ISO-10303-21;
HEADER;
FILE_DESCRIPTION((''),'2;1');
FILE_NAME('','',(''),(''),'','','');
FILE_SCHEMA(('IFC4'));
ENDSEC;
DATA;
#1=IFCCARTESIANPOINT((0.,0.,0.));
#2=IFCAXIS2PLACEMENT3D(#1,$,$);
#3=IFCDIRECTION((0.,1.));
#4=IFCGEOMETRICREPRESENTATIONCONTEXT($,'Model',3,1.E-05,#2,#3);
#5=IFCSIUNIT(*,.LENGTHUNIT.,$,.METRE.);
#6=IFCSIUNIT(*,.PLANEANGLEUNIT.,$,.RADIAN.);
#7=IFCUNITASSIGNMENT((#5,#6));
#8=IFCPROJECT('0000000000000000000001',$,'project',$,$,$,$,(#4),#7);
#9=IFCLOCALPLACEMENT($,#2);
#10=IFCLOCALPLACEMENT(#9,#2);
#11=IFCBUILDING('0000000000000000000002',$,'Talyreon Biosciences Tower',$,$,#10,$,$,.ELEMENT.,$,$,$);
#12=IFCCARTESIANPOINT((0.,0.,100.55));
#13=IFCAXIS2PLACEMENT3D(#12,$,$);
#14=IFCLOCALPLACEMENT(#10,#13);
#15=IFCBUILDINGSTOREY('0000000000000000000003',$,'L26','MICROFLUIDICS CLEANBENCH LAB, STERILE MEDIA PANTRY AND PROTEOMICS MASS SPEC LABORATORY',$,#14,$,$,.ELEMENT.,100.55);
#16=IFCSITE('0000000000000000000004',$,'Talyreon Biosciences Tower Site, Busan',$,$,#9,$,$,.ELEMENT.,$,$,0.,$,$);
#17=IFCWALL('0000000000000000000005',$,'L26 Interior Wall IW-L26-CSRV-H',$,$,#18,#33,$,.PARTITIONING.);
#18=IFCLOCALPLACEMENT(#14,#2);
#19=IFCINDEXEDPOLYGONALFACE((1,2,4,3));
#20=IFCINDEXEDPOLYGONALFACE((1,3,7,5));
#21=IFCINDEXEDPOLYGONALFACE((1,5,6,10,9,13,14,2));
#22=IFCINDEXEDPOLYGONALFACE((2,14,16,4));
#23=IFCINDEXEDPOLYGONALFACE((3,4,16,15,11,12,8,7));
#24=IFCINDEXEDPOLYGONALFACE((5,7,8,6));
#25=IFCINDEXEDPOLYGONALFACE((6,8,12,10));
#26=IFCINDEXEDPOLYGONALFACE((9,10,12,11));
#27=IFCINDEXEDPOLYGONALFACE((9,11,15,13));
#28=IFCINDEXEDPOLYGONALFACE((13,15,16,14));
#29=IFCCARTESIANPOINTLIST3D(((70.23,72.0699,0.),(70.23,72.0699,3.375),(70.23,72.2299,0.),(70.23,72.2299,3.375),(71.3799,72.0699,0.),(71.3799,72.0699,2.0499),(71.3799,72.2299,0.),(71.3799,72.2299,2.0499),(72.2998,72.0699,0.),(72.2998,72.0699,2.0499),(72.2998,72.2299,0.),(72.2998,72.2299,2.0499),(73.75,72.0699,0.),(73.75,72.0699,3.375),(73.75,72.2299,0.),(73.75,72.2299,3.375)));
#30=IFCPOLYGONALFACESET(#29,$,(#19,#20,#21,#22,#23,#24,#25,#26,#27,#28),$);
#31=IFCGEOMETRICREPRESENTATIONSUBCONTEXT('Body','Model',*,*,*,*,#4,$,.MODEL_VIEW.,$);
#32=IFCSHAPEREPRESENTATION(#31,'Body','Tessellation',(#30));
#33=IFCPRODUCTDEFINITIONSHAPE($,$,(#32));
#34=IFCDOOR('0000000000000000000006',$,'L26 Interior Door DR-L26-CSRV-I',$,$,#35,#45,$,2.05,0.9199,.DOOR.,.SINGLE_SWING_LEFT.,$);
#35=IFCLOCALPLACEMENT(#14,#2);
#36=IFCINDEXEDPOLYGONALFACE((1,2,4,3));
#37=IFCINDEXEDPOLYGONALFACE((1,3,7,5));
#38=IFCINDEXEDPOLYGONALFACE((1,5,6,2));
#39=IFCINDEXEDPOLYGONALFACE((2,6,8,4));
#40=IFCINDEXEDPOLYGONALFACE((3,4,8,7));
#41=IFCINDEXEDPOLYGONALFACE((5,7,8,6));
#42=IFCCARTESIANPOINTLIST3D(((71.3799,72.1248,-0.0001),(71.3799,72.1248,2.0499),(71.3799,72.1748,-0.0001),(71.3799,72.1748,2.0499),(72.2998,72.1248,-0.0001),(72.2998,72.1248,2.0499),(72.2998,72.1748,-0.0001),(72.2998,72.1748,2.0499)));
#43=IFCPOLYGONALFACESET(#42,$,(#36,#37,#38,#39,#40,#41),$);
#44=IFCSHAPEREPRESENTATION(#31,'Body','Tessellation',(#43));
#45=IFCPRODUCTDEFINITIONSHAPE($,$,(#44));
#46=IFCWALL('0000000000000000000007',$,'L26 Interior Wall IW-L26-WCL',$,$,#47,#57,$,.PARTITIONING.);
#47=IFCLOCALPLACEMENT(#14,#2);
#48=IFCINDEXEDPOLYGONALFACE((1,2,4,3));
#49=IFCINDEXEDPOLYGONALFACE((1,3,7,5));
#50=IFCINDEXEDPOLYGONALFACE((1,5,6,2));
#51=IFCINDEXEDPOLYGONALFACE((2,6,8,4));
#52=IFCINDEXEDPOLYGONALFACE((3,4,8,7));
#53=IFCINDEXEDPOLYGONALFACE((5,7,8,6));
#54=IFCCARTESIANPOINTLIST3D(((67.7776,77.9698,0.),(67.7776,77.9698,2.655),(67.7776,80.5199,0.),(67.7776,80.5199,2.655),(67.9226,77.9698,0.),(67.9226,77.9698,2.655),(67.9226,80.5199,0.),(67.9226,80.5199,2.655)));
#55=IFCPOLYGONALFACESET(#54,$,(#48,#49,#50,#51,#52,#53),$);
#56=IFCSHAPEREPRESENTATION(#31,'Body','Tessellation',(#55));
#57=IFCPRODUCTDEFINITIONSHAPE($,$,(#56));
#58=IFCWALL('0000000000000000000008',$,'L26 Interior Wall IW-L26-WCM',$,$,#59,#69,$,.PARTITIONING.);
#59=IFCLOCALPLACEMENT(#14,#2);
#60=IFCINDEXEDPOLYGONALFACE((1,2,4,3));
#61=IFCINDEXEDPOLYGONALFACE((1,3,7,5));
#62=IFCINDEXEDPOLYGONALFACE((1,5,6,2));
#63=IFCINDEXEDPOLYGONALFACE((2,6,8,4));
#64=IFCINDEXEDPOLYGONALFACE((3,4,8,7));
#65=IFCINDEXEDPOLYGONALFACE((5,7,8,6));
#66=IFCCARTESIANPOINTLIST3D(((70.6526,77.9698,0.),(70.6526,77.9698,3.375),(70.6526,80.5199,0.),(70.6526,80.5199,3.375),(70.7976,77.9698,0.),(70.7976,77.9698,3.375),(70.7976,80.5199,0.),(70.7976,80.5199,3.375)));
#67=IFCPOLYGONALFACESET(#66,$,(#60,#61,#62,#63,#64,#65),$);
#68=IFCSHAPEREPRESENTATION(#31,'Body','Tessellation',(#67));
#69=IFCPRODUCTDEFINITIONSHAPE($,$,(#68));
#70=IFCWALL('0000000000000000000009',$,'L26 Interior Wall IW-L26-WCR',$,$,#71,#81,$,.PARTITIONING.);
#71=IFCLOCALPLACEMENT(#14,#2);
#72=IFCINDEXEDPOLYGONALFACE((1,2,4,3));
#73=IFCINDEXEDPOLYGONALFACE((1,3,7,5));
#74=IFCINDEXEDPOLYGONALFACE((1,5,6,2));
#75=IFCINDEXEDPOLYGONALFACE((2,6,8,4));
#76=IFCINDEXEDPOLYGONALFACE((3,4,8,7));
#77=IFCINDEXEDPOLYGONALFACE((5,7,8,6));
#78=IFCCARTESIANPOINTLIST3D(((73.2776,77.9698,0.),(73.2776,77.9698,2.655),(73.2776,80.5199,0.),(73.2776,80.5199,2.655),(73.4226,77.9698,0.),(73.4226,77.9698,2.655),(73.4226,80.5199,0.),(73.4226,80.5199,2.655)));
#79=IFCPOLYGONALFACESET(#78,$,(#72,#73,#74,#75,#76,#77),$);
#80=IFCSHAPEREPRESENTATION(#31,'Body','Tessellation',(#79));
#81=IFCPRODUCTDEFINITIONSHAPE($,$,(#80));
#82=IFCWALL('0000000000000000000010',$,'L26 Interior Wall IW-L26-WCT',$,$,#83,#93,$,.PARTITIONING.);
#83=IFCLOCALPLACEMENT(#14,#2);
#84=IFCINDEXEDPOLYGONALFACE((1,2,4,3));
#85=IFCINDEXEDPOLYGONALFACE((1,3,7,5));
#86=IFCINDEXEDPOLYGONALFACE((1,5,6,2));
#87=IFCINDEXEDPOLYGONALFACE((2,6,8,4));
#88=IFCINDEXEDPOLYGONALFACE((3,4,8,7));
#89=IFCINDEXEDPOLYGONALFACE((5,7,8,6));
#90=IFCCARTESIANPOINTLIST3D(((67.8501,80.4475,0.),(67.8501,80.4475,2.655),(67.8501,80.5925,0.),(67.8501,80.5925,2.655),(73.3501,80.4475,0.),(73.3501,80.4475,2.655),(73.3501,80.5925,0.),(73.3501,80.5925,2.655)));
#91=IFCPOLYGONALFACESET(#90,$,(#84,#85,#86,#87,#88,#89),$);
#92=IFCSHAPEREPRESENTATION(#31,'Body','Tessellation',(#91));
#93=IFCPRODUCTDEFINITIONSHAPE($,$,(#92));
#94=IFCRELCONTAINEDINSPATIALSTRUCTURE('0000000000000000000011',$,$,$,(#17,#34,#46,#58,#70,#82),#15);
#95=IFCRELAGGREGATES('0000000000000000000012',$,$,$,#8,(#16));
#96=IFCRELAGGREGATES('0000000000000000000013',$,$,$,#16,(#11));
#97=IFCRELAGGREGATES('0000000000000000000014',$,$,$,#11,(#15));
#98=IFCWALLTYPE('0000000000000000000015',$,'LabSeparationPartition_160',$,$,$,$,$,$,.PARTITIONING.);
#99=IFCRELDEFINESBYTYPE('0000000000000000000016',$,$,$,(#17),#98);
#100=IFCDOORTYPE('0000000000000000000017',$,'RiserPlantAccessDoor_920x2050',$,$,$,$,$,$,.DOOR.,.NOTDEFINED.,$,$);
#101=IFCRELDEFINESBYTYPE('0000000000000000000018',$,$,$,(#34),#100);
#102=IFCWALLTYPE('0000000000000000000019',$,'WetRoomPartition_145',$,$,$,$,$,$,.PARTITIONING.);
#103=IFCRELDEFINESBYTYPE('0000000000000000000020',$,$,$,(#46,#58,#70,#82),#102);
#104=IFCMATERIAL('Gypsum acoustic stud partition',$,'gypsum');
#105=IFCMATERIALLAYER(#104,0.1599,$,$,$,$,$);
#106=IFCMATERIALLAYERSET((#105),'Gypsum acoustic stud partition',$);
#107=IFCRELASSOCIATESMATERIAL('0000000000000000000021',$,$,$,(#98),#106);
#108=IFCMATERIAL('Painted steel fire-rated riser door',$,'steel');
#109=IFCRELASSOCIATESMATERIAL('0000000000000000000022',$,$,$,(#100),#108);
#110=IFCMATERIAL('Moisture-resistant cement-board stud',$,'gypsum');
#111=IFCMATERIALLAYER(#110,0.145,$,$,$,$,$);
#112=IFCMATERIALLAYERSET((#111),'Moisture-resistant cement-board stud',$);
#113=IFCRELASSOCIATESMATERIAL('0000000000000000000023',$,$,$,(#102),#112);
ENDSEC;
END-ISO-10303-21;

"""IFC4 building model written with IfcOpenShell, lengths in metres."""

from ifc_helpers import new_model, si_unit, direction, frame, frame_2d, origin, place, context, subcontext, project, spatial, rectangle, extrude, material, layer, layer_set, type_object, element, fill, save


model = new_model("IFC4")

# Units and contexts
model_context = context("Model", 3, precision=1e-05, world=origin(), true_north=direction((0.0, 1.0)))
body_context = subcontext(model_context, "Body", "Model", "MODEL_VIEW")
ifc_project = project(units=[si_unit("LENGTHUNIT", "METRE"), si_unit("PLANEANGLEUNIT", "RADIAN")], contexts=[model_context])

# Site, building, storey
site_placement = place(None, origin())
site = spatial("IfcSite", under=ifc_project, at=site_placement, Name="Talyreon Biosciences Tower Site, Busan", CompositionType="ELEMENT", RefElevation=0.0)
building_placement = place(site_placement, origin())
building = spatial("IfcBuilding", under=site, at=building_placement, Name="Talyreon Biosciences Tower", CompositionType="ELEMENT")
storey_placement = place(building_placement, frame((0.0, 0.0, 100.55)))
storey = spatial("IfcBuildingStorey", under=building, at=storey_placement, Name="L26", Description="MICROFLUIDICS CLEANBENCH LAB, STERILE MEDIA PANTRY AND PROTEOMICS MASS SPEC LABORATORY", CompositionType="ELEMENT", Elevation=100.55)

# Wall, opening, door
ifc_material_1 = material(Name="Gypsum acoustic stud partition", Category="gypsum")
ifc_layer_1 = layer(ifc_material_1, 0.1599)
ifc_layer_set_1 = layer_set([ifc_layer_1], Name="Gypsum acoustic stud partition")
wall_type_1 = type_object("IfcWallType", Name="LabSeparationPartition_160", PredefinedType="PARTITIONING", material=ifc_layer_set_1)
wall_1_placement = place(storey_placement, frame((70.23, 72.1499, 0.0), z_axis=(0.0, 0.0, 1.0), x_axis=(1.0, 0.0, 0.0)))
wall_1 = element("IfcWall", 1, at=wall_1_placement, inside=storey, type_object=wall_type_1, Name="L26 Interior Wall IW-L26-CSRV-H", PredefinedType="PARTITIONING", context=body_context, shape_type="SweptSolid", body=[
    extrude(rectangle(XDim=3.52, YDim=0.1599, at=frame_2d((1.76, 0.0))), origin(), (0.0, 0.0, 1.0), 3.375),
])
opening_1_placement = place(wall_1_placement, frame((1.1499, 0.0, 0.0)))
opening_1 = element("IfcOpeningElement", 2, at=opening_1_placement, cuts=wall_1, PredefinedType="OPENING", context=body_context, shape_type="SweptSolid", body=[
    extrude(rectangle(XDim=0.9199, YDim=2.05, at=frame_2d((0.46, 1.0249))), frame((0.0, 0.0898, 0.0), z_axis=(0.0, -1.0, 0.0), x_axis=(1.0, 0.0, 0.0)), (0.0, 0.0, 1.0), 0.1799),
])
ifc_material_2 = material(Name="Painted steel fire-rated riser door", Category="steel")
door_type_1 = type_object("IfcDoorType", Name="RiserPlantAccessDoor_920x2050", OperationType="NOTDEFINED", PredefinedType="DOOR", material=ifc_material_2)
door_1_placement = place(opening_1_placement, origin())
door_1 = element("IfcDoor", 3, at=door_1_placement, inside=storey, type_object=door_type_1, Name="L26 Interior Door DR-L26-CSRV-I", OperationType="SINGLE_SWING_LEFT", OverallHeight=2.05, OverallWidth=0.9199, PredefinedType="DOOR", context=body_context, shape_type="SweptSolid", body=[
    extrude(rectangle(XDim=0.9199, YDim=2.05, at=frame_2d((0.46, 1.0249))), frame((0.0, 0.0249, 0.0), z_axis=(0.0, -1.0, 0.0), x_axis=(1.0, 0.0, 0.0)), (0.0, 0.0, 1.0), 0.05),
])
fill(opening_1, door_1)

# Walls
ifc_material_3 = material(Name="Moisture-resistant cement-board stud", Category="gypsum")
ifc_layer_2 = layer(ifc_material_3, 0.145)
ifc_layer_set_2 = layer_set([ifc_layer_2], Name="Moisture-resistant cement-board stud")
wall_type_2 = type_object("IfcWallType", Name="WetRoomPartition_145", PredefinedType="PARTITIONING", material=ifc_layer_set_2)
wall_2_placement = place(storey_placement, frame((67.8501, 77.97, 0.0), z_axis=(0.0, 0.0, 1.0), x_axis=(0.0, 1.0, 0.0)))
element("IfcWall", 4, at=wall_2_placement, inside=storey, type_object=wall_type_2, Name="L26 Interior Wall IW-L26-WCL", PredefinedType="PARTITIONING", context=body_context, shape_type="SweptSolid", body=[
    extrude(rectangle(XDim=2.55, YDim=0.145, at=frame_2d((1.2749, 0.0))), origin(), (0.0, 0.0, 1.0), 2.655),
])
wall_3_placement = place(storey_placement, frame((70.7251, 77.97, 0.0), z_axis=(0.0, 0.0, 1.0), x_axis=(0.0, 1.0, 0.0)))
element("IfcWall", 5, at=wall_3_placement, inside=storey, type_object=wall_type_2, Name="L26 Interior Wall IW-L26-WCM", PredefinedType="PARTITIONING", context=body_context, shape_type="SweptSolid", body=[
    extrude(rectangle(XDim=2.55, YDim=0.145, at=frame_2d((1.2749, 0.0))), origin(), (0.0, 0.0, 1.0), 3.375),
])
wall_4_placement = place(storey_placement, frame((73.3501, 77.97, 0.0), z_axis=(0.0, 0.0, 1.0), x_axis=(0.0, 1.0, 0.0)))
element("IfcWall", 6, at=wall_4_placement, inside=storey, type_object=wall_type_2, Name="L26 Interior Wall IW-L26-WCR", PredefinedType="PARTITIONING", context=body_context, shape_type="SweptSolid", body=[
    extrude(rectangle(XDim=2.55, YDim=0.145, at=frame_2d((1.2749, 0.0))), origin(), (0.0, 0.0, 1.0), 2.655),
])
wall_5_placement = place(storey_placement, frame((67.8501, 80.52, 0.0), z_axis=(0.0, 0.0, 1.0), x_axis=(1.0, 0.0, 0.0)))
element("IfcWall", 7, at=wall_5_placement, inside=storey, type_object=wall_type_2, Name="L26 Interior Wall IW-L26-WCT", PredefinedType="PARTITIONING", context=body_context, shape_type="SweptSolid", body=[
    extrude(rectangle(XDim=5.5, YDim=0.145, at=frame_2d((2.75, 0.0))), origin(), (0.0, 0.0, 1.0), 2.655),
])

save(model, "model.ifc")
